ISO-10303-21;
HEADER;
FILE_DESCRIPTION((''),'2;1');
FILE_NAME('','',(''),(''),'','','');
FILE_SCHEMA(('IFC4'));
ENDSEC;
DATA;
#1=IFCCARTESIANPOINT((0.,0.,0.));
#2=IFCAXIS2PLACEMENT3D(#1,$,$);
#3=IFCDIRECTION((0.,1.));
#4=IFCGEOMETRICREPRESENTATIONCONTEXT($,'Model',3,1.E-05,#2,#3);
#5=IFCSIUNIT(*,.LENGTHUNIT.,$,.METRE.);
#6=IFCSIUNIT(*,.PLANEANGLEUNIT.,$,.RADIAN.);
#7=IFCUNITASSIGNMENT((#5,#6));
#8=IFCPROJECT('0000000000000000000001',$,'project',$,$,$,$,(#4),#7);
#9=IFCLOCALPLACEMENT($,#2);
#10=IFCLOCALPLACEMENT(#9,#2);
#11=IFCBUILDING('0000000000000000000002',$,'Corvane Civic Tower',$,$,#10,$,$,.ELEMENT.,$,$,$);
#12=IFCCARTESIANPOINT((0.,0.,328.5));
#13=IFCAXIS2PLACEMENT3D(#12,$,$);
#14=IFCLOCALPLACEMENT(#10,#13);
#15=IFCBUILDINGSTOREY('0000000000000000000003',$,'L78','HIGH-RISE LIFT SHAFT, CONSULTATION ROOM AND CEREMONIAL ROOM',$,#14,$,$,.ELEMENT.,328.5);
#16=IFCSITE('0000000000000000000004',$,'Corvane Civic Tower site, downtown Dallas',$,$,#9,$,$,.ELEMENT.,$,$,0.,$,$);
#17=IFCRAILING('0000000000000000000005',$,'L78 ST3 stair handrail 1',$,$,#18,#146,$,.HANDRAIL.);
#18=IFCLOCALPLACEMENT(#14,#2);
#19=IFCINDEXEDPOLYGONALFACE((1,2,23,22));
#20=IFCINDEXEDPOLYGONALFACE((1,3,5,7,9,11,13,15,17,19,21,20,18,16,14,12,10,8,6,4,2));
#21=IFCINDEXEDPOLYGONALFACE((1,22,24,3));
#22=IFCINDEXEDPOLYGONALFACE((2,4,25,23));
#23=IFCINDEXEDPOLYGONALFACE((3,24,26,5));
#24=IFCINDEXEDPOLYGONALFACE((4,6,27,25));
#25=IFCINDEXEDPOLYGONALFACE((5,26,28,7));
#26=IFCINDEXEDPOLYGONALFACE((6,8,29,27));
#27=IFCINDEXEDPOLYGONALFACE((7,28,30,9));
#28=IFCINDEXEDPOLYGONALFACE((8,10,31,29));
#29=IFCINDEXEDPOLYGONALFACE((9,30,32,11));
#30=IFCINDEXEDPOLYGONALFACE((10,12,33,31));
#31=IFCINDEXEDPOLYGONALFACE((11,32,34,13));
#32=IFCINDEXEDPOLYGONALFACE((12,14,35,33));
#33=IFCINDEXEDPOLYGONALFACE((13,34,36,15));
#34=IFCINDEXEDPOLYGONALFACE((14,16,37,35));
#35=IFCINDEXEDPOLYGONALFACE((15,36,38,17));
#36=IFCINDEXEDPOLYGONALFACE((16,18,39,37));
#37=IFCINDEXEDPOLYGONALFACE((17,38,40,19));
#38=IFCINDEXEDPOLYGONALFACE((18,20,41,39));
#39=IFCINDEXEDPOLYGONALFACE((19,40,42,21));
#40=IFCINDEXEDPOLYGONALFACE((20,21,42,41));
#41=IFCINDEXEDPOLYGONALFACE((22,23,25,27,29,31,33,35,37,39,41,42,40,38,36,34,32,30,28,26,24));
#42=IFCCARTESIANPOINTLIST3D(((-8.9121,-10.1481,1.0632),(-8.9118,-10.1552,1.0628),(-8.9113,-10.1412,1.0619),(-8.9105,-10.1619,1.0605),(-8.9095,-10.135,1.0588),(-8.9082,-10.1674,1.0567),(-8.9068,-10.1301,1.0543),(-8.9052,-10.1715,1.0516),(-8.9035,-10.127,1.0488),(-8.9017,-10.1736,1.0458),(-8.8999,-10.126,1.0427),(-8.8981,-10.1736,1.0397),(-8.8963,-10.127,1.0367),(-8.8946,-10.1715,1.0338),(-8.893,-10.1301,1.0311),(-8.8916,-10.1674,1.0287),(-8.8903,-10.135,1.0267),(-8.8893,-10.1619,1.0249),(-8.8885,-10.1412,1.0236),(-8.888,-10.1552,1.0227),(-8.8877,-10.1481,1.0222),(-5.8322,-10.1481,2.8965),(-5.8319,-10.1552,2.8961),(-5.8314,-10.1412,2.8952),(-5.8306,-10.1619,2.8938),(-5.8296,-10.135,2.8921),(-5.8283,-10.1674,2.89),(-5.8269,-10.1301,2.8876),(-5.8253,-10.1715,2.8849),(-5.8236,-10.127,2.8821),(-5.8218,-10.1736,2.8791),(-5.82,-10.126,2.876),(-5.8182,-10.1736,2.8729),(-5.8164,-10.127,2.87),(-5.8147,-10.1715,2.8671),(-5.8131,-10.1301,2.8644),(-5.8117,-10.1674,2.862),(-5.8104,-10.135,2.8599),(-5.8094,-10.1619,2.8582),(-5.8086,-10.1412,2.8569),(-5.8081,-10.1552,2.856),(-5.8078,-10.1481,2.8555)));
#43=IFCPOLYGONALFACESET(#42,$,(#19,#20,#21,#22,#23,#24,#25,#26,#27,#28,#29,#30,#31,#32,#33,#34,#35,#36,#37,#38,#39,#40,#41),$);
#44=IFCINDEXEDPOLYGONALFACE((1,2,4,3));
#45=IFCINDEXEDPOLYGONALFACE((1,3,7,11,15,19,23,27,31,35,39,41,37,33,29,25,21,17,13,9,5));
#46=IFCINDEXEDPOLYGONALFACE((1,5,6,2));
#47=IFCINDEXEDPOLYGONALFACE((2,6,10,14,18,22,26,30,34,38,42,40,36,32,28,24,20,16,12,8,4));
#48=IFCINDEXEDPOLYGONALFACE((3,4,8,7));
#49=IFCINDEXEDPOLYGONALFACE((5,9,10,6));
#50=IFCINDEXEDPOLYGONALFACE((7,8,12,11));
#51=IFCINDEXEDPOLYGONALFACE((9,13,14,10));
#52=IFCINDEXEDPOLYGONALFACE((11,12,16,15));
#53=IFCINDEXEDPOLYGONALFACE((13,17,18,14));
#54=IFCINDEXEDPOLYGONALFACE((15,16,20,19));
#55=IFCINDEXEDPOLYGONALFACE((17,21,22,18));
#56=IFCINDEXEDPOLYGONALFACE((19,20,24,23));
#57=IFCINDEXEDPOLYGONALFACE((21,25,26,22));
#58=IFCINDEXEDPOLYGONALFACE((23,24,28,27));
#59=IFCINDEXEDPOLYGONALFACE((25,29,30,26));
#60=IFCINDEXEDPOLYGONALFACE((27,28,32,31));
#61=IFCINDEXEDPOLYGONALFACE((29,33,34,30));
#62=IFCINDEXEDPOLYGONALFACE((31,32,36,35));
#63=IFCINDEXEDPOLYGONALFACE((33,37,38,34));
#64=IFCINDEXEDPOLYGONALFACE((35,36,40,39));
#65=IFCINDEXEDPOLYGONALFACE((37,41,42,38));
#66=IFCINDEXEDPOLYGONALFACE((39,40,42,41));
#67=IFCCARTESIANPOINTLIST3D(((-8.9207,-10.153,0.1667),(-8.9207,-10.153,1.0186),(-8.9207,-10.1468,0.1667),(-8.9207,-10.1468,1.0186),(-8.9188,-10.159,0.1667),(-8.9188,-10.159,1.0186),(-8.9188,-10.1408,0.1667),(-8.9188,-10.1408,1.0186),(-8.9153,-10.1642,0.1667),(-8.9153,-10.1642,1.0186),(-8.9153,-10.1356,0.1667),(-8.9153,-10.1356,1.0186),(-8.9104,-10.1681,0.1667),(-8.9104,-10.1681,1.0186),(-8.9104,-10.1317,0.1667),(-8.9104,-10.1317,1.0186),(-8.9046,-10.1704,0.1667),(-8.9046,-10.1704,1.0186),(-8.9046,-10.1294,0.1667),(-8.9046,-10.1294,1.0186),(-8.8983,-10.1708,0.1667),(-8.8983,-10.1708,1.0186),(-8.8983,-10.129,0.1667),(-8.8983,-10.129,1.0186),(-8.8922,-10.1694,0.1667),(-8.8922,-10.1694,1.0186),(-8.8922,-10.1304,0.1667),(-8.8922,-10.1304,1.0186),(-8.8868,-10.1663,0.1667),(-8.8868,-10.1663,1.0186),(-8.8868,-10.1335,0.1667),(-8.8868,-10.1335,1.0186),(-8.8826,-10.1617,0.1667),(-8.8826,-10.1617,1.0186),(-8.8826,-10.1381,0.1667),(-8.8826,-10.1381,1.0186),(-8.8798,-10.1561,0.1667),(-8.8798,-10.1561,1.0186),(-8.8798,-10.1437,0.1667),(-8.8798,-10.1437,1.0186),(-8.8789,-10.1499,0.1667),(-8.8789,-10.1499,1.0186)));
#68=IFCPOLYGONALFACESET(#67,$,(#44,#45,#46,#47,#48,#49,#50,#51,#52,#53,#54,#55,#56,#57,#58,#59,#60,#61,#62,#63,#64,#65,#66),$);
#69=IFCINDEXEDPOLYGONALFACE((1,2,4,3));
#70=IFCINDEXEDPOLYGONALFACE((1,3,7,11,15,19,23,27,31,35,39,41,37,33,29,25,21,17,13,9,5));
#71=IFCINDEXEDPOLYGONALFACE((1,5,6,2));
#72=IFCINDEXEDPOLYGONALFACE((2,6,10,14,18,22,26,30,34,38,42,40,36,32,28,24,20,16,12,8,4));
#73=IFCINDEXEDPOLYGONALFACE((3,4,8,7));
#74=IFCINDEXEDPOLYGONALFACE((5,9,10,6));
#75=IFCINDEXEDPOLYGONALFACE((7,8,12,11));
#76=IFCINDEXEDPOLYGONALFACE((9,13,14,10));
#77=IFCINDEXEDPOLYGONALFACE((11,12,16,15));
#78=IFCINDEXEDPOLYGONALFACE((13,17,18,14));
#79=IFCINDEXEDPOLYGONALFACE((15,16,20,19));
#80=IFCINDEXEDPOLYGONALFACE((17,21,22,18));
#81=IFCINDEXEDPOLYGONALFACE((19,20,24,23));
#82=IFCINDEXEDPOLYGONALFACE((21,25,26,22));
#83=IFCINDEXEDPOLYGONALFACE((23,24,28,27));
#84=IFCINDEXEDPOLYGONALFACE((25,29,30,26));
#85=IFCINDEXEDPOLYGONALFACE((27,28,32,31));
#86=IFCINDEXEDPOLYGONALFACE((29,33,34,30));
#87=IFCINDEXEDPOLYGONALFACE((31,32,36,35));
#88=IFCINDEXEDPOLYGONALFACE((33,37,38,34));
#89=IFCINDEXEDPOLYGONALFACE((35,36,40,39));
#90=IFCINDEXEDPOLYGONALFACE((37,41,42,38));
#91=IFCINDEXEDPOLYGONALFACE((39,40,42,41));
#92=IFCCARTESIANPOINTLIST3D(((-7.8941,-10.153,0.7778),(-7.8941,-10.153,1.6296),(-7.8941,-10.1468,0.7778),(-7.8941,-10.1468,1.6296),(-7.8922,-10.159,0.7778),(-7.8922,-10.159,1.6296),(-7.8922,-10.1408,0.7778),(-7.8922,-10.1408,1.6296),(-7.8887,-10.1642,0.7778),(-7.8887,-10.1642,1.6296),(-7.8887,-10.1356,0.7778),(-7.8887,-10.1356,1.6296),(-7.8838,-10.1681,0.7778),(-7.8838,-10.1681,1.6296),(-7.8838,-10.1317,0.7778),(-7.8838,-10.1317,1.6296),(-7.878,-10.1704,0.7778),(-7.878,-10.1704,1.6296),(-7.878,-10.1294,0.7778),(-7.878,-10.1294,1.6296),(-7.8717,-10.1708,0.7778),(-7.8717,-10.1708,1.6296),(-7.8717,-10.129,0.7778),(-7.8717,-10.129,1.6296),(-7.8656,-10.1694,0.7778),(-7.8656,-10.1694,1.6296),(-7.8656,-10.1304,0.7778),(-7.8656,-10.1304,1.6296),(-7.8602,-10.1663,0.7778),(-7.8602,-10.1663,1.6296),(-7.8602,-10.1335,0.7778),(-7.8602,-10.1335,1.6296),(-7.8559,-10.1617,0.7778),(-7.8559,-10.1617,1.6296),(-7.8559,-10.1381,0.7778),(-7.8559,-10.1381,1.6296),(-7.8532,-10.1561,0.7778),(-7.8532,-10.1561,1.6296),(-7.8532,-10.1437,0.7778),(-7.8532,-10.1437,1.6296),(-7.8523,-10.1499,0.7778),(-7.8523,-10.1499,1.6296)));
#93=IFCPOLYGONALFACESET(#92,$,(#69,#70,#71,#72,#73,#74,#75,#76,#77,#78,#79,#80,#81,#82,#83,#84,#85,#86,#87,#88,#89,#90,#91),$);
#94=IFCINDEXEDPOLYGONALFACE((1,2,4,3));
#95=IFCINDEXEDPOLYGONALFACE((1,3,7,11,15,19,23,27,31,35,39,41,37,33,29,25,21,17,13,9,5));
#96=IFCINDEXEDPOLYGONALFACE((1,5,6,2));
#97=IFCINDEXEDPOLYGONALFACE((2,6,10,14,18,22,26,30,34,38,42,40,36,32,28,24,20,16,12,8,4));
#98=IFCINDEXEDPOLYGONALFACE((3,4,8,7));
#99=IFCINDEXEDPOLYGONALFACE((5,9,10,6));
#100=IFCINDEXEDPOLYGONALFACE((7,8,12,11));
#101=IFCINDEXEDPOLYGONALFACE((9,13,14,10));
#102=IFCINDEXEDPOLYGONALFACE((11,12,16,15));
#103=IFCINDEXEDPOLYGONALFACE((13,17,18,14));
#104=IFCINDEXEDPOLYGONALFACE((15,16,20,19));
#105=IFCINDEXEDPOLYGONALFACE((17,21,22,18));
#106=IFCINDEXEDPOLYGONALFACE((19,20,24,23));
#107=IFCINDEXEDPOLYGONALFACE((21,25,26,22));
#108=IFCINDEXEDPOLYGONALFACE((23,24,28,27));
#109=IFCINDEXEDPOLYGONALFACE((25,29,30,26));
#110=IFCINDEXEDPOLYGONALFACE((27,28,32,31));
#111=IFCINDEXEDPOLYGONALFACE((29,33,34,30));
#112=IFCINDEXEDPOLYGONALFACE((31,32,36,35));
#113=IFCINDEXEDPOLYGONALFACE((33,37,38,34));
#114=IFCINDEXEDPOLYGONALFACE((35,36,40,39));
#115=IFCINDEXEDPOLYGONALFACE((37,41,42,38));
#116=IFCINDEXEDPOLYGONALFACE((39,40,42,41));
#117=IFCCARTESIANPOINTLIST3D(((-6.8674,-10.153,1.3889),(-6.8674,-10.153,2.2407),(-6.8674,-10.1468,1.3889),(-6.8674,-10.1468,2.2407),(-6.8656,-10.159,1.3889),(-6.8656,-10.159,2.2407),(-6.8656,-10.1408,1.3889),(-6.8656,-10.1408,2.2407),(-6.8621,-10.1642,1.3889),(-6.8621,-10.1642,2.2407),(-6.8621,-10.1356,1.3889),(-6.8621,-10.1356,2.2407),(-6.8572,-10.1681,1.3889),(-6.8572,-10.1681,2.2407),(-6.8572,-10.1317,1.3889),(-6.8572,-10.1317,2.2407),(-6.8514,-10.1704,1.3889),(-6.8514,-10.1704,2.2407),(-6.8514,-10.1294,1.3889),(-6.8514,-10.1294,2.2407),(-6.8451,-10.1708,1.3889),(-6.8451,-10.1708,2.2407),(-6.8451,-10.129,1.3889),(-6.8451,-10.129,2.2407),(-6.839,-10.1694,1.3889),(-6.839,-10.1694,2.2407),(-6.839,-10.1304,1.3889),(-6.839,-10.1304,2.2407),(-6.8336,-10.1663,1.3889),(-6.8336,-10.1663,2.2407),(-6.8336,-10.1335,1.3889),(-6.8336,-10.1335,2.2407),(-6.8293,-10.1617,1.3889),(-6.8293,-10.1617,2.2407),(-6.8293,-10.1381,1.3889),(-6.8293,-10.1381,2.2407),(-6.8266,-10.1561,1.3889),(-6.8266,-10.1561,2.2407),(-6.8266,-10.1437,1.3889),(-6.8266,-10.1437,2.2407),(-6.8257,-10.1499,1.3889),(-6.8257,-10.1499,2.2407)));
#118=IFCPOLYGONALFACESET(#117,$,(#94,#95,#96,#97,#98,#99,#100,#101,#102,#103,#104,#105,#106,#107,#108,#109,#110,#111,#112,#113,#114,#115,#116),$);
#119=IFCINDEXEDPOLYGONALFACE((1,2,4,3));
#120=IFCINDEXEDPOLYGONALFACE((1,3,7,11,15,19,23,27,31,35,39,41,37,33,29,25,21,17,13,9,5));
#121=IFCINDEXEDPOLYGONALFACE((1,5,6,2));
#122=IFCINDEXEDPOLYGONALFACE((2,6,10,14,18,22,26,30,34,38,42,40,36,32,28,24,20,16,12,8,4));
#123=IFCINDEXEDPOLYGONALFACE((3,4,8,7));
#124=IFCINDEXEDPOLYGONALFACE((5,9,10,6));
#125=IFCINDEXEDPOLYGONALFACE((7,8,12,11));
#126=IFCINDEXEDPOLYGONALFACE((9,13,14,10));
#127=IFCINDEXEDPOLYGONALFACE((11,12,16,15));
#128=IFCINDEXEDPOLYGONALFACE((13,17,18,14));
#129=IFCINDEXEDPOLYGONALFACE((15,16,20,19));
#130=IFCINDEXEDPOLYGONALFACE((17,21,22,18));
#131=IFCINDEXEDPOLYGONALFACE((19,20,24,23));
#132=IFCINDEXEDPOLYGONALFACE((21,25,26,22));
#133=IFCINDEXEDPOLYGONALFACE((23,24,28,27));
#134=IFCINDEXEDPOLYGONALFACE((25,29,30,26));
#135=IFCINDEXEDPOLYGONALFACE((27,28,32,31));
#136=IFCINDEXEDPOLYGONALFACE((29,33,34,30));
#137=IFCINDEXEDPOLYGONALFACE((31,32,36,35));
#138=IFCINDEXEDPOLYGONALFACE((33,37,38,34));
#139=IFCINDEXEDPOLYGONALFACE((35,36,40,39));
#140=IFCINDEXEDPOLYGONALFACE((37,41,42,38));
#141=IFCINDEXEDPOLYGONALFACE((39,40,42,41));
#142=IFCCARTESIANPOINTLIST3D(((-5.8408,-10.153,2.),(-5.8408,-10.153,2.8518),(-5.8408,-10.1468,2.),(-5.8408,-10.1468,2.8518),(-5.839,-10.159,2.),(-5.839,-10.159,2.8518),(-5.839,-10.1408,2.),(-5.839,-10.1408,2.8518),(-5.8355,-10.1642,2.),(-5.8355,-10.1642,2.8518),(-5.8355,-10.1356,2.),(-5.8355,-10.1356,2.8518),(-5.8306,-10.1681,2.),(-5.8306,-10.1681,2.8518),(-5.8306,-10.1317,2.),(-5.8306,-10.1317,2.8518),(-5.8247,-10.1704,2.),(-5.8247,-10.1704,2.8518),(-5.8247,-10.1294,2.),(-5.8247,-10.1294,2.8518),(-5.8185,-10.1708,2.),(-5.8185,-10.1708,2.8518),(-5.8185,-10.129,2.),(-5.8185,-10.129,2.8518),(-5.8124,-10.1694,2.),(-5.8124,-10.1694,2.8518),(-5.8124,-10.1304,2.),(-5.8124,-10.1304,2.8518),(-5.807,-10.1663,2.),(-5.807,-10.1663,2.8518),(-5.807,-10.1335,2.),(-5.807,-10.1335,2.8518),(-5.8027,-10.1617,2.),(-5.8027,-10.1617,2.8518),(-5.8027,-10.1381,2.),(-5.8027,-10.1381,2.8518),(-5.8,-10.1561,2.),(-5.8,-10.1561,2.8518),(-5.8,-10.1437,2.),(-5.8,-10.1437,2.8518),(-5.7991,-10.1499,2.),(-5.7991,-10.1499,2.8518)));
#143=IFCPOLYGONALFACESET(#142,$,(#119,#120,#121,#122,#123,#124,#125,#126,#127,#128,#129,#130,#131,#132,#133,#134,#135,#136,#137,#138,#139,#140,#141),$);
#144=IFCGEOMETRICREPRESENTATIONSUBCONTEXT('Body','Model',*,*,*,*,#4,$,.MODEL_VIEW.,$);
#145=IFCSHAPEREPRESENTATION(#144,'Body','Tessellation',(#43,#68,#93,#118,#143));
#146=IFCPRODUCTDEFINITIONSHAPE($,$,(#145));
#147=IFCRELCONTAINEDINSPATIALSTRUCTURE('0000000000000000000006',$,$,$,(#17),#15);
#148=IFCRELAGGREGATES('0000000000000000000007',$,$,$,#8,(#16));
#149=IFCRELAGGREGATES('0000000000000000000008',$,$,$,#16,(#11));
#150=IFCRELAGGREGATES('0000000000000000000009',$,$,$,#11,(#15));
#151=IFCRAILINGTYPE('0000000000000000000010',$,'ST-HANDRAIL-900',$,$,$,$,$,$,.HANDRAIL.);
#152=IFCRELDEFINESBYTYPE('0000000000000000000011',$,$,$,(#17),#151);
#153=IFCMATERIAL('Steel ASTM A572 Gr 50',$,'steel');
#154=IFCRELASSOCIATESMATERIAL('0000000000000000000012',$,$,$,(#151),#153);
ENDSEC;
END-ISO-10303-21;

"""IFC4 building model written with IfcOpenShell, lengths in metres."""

from ifc_helpers import new_model, si_unit, direction, frame, origin, origin_2d, place, context, subcontext, project, spatial, circle, extrude, material, type_object, element, save


model = new_model("IFC4")

# Units and contexts
model_context = context("Model", 3, precision=1e-05, world=origin(), true_north=direction((0.0, 1.0)))
body_context = subcontext(model_context, "Body", "Model", "MODEL_VIEW")
ifc_project = project(units=[si_unit("LENGTHUNIT", "METRE"), si_unit("PLANEANGLEUNIT", "RADIAN")], contexts=[model_context])

# Site, building, storey
site_placement = place(None, origin())
site = spatial("IfcSite", under=ifc_project, at=site_placement, Name="Corvane Civic Tower site, downtown Dallas", CompositionType="ELEMENT", RefElevation=0.0)
building_placement = place(site_placement, origin())
building = spatial("IfcBuilding", under=site, at=building_placement, Name="Corvane Civic Tower", CompositionType="ELEMENT")
storey_placement = place(building_placement, frame((0.0, 0.0, 328.5)))
storey = spatial("IfcBuildingStorey", under=building, at=storey_placement, Name="L78", Description="HIGH-RISE LIFT SHAFT, CONSULTATION ROOM AND CEREMONIAL ROOM", CompositionType="ELEMENT", Elevation=328.5)

# Railing
ifc_material_1 = material(Name="Steel ASTM A572 Gr 50", Category="steel")
railing_type_1 = type_object("IfcRailingType", Name="ST-HANDRAIL-900", PredefinedType="HANDRAIL", material=ifc_material_1)
railing_1_placement = place(storey_placement, frame((-8.8999, -10.1499, 0.1667)))
element("IfcRailing", 1, at=railing_1_placement, inside=storey, type_object=railing_type_1, Name="L78 ST3 stair handrail 1", PredefinedType="HANDRAIL", context=body_context, shape_type="SweptSolid", body=[
    extrude(circle(Radius=0.0239, at=origin_2d()), frame((0.0, 0.0, 0.876), z_axis=(0.859291, 0.0, 0.511487), x_axis=(0.0, 1.0, 0.0)), (0.0, 0.0, 1.0), 3.5842),
    extrude(circle(Radius=0.021, at=origin_2d()), origin(), (0.0, 0.0, 1.0), 0.8518),
    extrude(circle(Radius=0.021, at=origin_2d()), frame((1.0266, 0.0, 0.6111)), (0.0, 0.0, 1.0), 0.8518),
    extrude(circle(Radius=0.021, at=origin_2d()), frame((2.0532, 0.0, 1.2222)), (0.0, 0.0, 1.0), 0.8518),
    extrude(circle(Radius=0.021, at=origin_2d()), frame((3.0798, 0.0, 1.8333)), (0.0, 0.0, 1.0), 0.8518),
])

save(model, "model.ifc")
